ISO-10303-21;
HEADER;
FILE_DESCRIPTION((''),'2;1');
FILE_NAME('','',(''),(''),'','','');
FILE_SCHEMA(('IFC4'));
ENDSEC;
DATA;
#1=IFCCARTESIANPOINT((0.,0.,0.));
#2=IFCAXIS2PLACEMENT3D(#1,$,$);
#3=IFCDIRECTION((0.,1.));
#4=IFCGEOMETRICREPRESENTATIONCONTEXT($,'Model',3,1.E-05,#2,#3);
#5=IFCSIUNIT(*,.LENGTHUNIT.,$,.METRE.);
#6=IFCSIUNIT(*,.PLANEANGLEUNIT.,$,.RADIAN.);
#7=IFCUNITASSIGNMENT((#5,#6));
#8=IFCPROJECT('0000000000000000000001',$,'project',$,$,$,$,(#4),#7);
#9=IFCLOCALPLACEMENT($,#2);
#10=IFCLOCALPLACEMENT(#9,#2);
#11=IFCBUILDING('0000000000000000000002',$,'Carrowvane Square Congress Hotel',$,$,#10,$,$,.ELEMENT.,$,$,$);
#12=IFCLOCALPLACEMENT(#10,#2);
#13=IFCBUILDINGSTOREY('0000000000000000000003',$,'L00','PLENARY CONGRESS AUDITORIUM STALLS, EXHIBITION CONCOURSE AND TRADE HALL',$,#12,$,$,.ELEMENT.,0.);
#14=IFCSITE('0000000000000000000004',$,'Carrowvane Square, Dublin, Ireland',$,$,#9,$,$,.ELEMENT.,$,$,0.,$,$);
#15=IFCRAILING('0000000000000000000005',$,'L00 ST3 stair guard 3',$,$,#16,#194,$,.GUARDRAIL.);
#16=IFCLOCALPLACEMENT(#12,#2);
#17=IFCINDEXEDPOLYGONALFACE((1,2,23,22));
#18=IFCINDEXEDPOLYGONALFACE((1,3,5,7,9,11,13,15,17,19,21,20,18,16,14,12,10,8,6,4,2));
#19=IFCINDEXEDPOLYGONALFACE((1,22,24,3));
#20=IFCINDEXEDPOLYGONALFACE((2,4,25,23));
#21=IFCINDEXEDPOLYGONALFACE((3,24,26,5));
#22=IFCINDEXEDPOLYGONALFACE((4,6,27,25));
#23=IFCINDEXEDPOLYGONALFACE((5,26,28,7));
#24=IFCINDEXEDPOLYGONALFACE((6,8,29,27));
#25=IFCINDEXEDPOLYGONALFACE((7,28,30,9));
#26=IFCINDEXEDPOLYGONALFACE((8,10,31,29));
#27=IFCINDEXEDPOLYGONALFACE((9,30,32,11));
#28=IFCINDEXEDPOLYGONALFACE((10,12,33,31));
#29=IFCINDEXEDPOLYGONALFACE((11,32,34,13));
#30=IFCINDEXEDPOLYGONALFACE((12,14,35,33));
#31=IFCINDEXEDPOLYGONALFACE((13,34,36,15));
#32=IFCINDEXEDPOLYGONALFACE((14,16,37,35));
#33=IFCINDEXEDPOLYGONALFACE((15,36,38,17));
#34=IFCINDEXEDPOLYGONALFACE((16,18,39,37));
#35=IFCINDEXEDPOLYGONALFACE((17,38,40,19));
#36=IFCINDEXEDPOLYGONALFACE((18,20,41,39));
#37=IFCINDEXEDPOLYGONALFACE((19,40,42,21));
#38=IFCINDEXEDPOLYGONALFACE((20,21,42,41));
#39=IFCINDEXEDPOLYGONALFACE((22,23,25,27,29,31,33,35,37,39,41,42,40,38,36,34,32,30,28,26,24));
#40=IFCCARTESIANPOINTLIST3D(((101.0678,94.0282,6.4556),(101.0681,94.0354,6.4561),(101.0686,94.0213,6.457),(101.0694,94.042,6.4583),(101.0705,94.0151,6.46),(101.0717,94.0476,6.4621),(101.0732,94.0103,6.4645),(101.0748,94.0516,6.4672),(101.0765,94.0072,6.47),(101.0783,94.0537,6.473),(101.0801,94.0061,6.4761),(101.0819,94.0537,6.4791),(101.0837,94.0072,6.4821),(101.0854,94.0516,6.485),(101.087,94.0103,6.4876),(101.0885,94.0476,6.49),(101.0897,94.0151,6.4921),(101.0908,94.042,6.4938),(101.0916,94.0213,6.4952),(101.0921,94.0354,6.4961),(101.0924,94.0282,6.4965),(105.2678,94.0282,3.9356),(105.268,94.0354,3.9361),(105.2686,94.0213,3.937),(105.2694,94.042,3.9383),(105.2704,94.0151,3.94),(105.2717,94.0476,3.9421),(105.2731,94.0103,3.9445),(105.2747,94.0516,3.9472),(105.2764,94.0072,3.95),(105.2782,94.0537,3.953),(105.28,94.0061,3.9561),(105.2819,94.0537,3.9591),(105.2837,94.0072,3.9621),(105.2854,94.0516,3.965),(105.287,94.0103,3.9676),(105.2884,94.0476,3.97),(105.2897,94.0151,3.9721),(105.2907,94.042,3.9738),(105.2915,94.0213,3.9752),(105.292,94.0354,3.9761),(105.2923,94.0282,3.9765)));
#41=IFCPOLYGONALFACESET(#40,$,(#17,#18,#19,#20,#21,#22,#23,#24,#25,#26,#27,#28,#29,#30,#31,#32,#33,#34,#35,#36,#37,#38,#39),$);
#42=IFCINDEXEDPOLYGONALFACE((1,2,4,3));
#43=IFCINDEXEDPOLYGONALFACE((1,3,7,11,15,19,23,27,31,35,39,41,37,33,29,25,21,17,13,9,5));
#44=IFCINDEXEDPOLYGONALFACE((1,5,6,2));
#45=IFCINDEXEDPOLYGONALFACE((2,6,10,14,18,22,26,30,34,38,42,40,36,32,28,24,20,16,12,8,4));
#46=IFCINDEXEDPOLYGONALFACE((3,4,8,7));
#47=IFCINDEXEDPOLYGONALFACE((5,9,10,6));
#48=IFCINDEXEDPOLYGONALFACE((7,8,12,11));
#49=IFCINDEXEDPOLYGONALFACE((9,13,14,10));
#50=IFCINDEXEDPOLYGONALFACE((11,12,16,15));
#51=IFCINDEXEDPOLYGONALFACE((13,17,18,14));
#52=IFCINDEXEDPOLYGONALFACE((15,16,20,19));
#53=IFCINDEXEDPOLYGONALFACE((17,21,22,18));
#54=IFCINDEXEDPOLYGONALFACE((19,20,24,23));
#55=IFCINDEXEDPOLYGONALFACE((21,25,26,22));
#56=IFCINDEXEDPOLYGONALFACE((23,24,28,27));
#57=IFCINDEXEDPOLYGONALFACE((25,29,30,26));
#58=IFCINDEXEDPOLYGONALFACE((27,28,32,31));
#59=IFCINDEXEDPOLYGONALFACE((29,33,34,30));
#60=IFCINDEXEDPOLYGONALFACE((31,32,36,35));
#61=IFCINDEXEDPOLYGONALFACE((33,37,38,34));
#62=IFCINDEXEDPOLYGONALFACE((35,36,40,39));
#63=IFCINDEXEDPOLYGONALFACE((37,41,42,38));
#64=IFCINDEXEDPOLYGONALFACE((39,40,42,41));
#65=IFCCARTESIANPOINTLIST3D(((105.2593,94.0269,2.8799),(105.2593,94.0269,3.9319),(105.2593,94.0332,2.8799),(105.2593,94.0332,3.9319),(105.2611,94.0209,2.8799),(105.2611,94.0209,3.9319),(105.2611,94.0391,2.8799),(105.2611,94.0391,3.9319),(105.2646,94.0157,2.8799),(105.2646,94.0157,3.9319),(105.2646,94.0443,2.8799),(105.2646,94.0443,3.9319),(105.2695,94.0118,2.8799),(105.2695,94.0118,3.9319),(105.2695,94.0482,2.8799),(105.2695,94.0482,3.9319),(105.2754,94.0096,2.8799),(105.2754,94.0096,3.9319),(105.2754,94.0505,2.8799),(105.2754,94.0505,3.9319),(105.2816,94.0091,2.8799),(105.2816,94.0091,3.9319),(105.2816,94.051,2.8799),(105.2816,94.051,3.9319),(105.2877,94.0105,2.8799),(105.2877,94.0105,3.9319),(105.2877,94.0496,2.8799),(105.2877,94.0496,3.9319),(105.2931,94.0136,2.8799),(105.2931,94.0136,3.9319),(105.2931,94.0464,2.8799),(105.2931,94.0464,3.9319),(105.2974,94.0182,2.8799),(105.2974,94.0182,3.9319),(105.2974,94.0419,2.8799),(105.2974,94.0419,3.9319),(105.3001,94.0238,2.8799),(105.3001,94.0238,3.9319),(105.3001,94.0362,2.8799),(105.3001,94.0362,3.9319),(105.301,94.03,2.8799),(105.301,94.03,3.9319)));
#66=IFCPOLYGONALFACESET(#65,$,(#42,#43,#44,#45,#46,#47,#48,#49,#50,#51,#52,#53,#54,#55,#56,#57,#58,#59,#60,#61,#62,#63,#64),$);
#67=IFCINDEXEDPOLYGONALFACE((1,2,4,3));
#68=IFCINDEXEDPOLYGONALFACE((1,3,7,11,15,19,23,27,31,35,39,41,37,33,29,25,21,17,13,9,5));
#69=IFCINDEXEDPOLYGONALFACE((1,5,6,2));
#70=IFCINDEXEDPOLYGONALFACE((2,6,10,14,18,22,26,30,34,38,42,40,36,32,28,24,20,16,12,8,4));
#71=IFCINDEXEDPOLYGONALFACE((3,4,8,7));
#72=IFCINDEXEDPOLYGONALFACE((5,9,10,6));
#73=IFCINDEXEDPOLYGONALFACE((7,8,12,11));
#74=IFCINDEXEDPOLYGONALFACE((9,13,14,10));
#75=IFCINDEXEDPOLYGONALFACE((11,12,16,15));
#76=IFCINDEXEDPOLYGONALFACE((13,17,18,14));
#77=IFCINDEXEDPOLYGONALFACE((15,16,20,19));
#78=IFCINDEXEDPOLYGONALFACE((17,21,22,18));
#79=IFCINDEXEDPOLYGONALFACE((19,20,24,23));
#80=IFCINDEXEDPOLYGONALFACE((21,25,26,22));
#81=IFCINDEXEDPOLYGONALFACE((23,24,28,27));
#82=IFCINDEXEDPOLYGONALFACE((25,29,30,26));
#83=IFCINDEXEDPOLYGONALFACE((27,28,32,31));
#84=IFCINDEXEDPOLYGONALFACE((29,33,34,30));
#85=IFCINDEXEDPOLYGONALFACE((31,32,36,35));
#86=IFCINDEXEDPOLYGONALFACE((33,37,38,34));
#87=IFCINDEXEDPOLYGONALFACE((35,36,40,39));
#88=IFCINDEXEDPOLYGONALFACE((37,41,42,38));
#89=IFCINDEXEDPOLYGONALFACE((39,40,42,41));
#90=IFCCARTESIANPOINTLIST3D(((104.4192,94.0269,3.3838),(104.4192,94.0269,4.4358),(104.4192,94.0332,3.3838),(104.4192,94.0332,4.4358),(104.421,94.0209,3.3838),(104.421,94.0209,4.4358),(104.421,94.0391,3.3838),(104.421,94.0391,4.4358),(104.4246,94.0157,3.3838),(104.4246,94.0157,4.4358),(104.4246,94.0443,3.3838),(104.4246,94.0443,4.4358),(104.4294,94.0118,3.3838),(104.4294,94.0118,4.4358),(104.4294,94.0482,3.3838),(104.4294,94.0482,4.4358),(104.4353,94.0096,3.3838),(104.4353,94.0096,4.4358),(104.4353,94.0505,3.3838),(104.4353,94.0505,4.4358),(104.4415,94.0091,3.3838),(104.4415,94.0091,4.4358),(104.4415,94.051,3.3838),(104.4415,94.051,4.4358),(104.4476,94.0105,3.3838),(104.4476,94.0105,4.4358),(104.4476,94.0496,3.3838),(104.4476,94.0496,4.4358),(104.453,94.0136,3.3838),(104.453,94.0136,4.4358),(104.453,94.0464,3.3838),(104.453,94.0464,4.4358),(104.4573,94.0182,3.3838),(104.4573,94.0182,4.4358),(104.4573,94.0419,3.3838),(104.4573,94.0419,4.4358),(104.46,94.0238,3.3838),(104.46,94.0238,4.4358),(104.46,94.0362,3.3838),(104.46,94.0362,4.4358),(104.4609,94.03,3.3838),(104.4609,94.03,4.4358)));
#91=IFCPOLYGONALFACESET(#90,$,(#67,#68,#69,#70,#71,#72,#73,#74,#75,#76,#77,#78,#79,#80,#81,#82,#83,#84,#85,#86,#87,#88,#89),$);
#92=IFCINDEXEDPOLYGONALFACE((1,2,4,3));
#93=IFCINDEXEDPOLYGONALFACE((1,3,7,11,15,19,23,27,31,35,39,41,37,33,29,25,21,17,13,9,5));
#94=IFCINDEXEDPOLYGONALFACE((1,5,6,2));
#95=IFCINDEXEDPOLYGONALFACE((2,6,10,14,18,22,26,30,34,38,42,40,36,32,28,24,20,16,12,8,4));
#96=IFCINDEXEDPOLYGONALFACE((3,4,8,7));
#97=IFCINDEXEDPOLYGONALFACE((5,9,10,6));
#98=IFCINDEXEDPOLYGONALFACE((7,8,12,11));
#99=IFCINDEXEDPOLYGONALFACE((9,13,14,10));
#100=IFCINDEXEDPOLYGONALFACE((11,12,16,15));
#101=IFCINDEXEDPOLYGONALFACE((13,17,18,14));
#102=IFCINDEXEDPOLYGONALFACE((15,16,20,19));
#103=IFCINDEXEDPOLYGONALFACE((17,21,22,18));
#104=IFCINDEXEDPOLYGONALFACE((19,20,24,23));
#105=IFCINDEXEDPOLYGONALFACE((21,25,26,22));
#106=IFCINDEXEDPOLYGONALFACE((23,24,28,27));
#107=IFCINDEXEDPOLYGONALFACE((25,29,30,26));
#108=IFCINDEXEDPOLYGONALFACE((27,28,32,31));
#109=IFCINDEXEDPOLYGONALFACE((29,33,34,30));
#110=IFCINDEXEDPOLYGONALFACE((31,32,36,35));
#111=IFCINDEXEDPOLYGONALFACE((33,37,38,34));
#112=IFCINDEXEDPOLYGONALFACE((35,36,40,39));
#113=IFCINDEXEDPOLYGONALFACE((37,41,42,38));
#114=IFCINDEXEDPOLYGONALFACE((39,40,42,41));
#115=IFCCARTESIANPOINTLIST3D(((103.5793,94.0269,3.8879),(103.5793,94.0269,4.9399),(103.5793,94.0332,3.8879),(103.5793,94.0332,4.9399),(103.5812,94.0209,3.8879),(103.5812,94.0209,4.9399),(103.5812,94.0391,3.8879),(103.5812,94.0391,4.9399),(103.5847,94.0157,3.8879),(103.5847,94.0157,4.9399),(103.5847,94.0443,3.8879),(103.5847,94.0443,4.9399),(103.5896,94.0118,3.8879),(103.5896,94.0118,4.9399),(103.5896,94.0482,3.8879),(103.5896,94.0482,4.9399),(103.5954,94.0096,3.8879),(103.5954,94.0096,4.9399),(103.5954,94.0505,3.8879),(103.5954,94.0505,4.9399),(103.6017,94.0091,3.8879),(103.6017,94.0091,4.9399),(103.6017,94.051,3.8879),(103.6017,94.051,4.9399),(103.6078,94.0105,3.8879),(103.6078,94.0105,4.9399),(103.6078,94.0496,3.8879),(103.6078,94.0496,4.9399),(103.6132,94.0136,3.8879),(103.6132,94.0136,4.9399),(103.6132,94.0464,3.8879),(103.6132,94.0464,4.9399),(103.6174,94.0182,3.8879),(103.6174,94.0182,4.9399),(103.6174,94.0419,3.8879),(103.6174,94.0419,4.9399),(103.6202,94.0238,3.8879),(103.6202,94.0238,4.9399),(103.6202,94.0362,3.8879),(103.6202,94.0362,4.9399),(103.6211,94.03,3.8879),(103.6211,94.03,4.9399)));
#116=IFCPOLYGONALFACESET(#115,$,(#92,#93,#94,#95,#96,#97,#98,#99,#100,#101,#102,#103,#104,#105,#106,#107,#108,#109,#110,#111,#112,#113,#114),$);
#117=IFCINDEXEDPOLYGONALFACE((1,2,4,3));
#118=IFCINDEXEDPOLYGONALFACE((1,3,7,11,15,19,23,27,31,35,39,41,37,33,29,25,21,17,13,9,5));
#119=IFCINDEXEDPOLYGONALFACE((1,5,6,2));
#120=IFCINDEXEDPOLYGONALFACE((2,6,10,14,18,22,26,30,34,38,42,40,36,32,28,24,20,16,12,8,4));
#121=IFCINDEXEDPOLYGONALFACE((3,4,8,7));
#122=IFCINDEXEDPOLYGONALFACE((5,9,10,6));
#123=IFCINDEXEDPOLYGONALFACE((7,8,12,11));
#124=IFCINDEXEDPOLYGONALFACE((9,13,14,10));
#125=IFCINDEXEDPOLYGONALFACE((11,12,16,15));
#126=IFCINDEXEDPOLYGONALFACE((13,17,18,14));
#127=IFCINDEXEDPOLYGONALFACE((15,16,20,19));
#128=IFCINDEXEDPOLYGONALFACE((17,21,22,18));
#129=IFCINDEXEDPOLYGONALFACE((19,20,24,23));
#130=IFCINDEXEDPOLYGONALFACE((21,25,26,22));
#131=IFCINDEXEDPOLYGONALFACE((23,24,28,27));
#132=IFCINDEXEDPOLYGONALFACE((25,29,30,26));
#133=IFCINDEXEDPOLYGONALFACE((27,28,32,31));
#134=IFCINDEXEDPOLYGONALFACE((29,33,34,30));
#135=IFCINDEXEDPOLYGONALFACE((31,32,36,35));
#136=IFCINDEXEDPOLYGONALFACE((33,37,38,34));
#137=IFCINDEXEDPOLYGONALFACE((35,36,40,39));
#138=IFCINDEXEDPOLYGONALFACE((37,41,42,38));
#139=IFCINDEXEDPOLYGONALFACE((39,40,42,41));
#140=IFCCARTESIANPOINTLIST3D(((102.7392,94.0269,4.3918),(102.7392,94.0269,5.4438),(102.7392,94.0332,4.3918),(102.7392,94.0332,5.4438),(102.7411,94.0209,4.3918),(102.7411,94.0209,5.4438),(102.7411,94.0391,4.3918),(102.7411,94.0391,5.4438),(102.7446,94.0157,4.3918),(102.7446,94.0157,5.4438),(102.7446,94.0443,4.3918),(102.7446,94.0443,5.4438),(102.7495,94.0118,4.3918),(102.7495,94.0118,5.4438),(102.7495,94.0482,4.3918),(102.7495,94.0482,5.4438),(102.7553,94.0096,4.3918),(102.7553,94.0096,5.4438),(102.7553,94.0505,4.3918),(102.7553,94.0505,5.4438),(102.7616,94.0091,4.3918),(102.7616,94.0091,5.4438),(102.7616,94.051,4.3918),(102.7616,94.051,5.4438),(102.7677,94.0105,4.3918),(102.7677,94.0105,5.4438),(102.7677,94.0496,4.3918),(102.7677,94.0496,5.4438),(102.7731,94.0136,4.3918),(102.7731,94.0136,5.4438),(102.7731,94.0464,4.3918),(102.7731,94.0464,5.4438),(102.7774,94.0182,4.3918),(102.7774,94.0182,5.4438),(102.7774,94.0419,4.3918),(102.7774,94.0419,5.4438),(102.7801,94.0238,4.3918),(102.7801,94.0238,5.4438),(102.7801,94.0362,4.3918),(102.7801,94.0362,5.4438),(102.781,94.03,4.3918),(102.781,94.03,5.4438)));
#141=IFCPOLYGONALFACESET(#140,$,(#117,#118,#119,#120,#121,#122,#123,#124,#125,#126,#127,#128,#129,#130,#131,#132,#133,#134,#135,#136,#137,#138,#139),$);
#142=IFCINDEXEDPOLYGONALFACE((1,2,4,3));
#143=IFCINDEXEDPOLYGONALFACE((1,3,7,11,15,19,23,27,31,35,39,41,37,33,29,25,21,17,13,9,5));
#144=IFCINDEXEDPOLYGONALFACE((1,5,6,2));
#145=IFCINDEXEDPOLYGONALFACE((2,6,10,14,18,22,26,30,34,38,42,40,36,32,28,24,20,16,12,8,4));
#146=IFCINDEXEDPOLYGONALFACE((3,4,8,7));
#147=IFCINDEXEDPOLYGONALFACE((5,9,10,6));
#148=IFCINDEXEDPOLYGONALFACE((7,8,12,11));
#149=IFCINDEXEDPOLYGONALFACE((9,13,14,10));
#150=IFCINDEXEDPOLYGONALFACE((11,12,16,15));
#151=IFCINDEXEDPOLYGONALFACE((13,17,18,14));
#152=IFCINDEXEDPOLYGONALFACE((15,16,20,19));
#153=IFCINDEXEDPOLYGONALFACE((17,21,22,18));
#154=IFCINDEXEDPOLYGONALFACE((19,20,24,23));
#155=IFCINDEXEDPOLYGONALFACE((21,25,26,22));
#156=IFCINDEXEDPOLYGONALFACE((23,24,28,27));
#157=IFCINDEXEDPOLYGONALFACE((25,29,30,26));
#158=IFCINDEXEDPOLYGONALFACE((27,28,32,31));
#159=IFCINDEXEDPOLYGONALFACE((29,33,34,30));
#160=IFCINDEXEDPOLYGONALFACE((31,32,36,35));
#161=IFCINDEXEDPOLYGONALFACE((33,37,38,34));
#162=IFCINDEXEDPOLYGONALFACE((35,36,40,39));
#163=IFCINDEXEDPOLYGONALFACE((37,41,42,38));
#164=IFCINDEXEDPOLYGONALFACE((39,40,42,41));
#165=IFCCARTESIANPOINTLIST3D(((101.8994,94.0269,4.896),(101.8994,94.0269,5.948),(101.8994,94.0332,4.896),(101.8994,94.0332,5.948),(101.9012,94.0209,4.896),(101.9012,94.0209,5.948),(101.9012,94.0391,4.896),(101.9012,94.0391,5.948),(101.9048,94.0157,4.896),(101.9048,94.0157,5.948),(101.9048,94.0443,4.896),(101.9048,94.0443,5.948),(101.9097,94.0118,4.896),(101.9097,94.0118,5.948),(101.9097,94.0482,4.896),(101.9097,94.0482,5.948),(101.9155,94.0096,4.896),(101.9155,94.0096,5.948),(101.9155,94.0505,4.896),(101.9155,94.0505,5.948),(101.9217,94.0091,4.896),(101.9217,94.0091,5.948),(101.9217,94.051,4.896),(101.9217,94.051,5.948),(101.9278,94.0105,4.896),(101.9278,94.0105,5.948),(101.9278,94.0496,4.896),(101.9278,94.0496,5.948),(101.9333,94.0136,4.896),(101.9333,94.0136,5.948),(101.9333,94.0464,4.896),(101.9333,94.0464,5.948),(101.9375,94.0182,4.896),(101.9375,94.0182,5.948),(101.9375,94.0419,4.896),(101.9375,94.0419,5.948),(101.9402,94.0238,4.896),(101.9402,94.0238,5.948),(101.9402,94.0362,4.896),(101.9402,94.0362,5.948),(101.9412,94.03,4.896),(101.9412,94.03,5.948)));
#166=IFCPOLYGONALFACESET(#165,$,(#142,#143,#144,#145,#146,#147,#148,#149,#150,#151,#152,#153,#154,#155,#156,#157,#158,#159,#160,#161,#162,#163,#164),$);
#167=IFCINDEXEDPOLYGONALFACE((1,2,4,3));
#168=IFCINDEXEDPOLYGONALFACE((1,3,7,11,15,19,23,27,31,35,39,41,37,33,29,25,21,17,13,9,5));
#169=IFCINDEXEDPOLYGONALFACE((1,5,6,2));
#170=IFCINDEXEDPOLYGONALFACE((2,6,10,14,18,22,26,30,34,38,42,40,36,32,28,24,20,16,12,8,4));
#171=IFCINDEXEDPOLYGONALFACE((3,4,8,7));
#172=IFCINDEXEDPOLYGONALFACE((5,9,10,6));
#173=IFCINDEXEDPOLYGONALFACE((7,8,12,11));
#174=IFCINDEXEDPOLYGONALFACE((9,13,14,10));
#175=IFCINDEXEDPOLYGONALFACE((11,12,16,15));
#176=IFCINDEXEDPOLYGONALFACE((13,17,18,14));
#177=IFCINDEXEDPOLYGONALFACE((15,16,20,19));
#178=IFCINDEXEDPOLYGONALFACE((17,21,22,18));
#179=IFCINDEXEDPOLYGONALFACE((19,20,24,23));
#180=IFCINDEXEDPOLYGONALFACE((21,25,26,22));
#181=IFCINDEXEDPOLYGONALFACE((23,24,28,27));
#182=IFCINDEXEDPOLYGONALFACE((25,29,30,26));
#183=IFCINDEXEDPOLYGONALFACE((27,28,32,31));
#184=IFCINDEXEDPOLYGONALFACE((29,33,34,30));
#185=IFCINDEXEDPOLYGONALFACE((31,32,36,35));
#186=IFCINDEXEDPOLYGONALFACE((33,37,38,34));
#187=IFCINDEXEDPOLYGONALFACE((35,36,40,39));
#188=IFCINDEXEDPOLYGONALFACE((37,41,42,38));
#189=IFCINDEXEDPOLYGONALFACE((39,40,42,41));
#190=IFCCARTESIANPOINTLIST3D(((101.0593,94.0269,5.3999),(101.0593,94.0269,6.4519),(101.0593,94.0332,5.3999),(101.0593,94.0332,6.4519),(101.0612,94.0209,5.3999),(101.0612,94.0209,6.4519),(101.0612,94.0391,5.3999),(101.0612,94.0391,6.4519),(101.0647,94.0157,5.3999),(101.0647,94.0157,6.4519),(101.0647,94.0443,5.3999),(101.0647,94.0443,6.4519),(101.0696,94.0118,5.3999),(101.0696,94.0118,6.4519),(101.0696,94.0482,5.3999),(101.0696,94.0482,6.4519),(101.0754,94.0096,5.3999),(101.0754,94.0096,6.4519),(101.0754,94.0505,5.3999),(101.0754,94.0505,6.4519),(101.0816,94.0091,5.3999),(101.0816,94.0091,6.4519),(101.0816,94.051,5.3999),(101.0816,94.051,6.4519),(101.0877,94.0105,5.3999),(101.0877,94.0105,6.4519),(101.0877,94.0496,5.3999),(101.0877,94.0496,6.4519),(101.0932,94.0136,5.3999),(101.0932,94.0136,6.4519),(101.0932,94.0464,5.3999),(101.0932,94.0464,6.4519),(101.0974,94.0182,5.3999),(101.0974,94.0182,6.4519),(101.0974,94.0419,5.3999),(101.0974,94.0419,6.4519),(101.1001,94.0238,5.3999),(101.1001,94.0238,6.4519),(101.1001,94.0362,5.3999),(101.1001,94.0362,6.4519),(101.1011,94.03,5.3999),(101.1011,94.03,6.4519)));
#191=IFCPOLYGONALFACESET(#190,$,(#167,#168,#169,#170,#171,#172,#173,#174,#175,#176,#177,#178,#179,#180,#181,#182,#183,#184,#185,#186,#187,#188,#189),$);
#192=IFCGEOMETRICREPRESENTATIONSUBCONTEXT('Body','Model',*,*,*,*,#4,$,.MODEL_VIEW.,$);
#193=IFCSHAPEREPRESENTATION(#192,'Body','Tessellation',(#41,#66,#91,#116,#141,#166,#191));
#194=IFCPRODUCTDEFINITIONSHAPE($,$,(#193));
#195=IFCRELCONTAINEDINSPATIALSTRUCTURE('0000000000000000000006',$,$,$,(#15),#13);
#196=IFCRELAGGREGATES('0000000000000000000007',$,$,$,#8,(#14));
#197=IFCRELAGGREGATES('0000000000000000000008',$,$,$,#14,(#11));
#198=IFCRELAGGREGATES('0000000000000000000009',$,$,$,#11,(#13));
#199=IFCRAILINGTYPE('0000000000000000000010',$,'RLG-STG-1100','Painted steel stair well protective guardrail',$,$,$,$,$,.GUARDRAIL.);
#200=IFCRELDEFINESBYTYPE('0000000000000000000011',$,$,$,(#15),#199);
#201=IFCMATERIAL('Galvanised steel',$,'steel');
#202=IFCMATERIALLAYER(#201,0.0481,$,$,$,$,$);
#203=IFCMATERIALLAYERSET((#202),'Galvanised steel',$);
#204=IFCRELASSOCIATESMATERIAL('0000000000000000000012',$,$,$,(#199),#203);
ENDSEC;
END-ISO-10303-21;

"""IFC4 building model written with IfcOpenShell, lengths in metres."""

from ifc_helpers import new_model, si_unit, direction, frame, origin, origin_2d, place, context, subcontext, project, spatial, circle, extrude, material, layer, layer_set, type_object, element, save


model = new_model("IFC4")

# Units and contexts
model_context = context("Model", 3, precision=1e-05, world=origin(), true_north=direction((0.0, 1.0)))
body_context = subcontext(model_context, "Body", "Model", "MODEL_VIEW")
ifc_project = project(units=[si_unit("LENGTHUNIT", "METRE"), si_unit("PLANEANGLEUNIT", "RADIAN")], contexts=[model_context])

# Site, building, storey
site_placement = place(None, origin())
site = spatial("IfcSite", under=ifc_project, at=site_placement, Name="Carrowvane Square, Dublin, Ireland", CompositionType="ELEMENT", RefElevation=0.0)
building_placement = place(site_placement, origin())
building = spatial("IfcBuilding", under=site, at=building_placement, Name="Carrowvane Square Congress Hotel", CompositionType="ELEMENT")
storey_placement = place(building_placement, origin())
storey = spatial("IfcBuildingStorey", under=building, at=storey_placement, Name="L00", Description="PLENARY CONGRESS AUDITORIUM STALLS, EXHIBITION CONCOURSE AND TRADE HALL", CompositionType="ELEMENT", Elevation=0.0)

# Railing
ifc_material_1 = material(Name="Galvanised steel", Category="steel")
ifc_layer_1 = layer(ifc_material_1, 0.0481)
ifc_layer_set_1 = layer_set([ifc_layer_1], Name="Galvanised steel")
railing_type_1 = type_object("IfcRailingType", Name="RLG-STG-1100", Description="Painted steel stair well protective guardrail", PredefinedType="GUARDRAIL", material=ifc_layer_set_1)
railing_1_placement = place(storey_placement, frame((105.28, 94.03, 2.8799)))
element("IfcRailing", 1, at=railing_1_placement, inside=storey, type_object=railing_type_1, Name="L00 ST3 stair guard 3", PredefinedType="GUARDRAIL", context=body_context, shape_type="SweptSolid", body=[
    extrude(circle(Radius=0.0239, at=origin_2d()), frame((0.0, 0.0, 1.0762), z_axis=(-0.857489, 0.0, 0.514503), x_axis=(0.0, -1.0, 0.0)), (0.0, 0.0, 1.0), 4.8979),
    extrude(circle(Radius=0.021, at=origin_2d()), origin(), (0.0, 0.0, 1.0), 1.052),
    extrude(circle(Radius=0.021, at=origin_2d()), frame((-0.8401, 0.0, 0.5039)), (0.0, 0.0, 1.0), 1.052),
    extrude(circle(Radius=0.021, at=origin_2d()), frame((-1.6799, 0.0, 1.0081)), (0.0, 0.0, 1.0), 1.052),
    extrude(circle(Radius=0.021, at=origin_2d()), frame((-2.52, 0.0, 1.512)), (0.0, 0.0, 1.0), 1.052),
    extrude(circle(Radius=0.021, at=origin_2d()), frame((-3.3599, 0.0, 2.0161)), (0.0, 0.0, 1.0), 1.052),
    extrude(circle(Radius=0.021, at=origin_2d()), frame((-4.2, 0.0, 2.52)), (0.0, 0.0, 1.0), 1.052),
])

save(model, "model.ifc")
